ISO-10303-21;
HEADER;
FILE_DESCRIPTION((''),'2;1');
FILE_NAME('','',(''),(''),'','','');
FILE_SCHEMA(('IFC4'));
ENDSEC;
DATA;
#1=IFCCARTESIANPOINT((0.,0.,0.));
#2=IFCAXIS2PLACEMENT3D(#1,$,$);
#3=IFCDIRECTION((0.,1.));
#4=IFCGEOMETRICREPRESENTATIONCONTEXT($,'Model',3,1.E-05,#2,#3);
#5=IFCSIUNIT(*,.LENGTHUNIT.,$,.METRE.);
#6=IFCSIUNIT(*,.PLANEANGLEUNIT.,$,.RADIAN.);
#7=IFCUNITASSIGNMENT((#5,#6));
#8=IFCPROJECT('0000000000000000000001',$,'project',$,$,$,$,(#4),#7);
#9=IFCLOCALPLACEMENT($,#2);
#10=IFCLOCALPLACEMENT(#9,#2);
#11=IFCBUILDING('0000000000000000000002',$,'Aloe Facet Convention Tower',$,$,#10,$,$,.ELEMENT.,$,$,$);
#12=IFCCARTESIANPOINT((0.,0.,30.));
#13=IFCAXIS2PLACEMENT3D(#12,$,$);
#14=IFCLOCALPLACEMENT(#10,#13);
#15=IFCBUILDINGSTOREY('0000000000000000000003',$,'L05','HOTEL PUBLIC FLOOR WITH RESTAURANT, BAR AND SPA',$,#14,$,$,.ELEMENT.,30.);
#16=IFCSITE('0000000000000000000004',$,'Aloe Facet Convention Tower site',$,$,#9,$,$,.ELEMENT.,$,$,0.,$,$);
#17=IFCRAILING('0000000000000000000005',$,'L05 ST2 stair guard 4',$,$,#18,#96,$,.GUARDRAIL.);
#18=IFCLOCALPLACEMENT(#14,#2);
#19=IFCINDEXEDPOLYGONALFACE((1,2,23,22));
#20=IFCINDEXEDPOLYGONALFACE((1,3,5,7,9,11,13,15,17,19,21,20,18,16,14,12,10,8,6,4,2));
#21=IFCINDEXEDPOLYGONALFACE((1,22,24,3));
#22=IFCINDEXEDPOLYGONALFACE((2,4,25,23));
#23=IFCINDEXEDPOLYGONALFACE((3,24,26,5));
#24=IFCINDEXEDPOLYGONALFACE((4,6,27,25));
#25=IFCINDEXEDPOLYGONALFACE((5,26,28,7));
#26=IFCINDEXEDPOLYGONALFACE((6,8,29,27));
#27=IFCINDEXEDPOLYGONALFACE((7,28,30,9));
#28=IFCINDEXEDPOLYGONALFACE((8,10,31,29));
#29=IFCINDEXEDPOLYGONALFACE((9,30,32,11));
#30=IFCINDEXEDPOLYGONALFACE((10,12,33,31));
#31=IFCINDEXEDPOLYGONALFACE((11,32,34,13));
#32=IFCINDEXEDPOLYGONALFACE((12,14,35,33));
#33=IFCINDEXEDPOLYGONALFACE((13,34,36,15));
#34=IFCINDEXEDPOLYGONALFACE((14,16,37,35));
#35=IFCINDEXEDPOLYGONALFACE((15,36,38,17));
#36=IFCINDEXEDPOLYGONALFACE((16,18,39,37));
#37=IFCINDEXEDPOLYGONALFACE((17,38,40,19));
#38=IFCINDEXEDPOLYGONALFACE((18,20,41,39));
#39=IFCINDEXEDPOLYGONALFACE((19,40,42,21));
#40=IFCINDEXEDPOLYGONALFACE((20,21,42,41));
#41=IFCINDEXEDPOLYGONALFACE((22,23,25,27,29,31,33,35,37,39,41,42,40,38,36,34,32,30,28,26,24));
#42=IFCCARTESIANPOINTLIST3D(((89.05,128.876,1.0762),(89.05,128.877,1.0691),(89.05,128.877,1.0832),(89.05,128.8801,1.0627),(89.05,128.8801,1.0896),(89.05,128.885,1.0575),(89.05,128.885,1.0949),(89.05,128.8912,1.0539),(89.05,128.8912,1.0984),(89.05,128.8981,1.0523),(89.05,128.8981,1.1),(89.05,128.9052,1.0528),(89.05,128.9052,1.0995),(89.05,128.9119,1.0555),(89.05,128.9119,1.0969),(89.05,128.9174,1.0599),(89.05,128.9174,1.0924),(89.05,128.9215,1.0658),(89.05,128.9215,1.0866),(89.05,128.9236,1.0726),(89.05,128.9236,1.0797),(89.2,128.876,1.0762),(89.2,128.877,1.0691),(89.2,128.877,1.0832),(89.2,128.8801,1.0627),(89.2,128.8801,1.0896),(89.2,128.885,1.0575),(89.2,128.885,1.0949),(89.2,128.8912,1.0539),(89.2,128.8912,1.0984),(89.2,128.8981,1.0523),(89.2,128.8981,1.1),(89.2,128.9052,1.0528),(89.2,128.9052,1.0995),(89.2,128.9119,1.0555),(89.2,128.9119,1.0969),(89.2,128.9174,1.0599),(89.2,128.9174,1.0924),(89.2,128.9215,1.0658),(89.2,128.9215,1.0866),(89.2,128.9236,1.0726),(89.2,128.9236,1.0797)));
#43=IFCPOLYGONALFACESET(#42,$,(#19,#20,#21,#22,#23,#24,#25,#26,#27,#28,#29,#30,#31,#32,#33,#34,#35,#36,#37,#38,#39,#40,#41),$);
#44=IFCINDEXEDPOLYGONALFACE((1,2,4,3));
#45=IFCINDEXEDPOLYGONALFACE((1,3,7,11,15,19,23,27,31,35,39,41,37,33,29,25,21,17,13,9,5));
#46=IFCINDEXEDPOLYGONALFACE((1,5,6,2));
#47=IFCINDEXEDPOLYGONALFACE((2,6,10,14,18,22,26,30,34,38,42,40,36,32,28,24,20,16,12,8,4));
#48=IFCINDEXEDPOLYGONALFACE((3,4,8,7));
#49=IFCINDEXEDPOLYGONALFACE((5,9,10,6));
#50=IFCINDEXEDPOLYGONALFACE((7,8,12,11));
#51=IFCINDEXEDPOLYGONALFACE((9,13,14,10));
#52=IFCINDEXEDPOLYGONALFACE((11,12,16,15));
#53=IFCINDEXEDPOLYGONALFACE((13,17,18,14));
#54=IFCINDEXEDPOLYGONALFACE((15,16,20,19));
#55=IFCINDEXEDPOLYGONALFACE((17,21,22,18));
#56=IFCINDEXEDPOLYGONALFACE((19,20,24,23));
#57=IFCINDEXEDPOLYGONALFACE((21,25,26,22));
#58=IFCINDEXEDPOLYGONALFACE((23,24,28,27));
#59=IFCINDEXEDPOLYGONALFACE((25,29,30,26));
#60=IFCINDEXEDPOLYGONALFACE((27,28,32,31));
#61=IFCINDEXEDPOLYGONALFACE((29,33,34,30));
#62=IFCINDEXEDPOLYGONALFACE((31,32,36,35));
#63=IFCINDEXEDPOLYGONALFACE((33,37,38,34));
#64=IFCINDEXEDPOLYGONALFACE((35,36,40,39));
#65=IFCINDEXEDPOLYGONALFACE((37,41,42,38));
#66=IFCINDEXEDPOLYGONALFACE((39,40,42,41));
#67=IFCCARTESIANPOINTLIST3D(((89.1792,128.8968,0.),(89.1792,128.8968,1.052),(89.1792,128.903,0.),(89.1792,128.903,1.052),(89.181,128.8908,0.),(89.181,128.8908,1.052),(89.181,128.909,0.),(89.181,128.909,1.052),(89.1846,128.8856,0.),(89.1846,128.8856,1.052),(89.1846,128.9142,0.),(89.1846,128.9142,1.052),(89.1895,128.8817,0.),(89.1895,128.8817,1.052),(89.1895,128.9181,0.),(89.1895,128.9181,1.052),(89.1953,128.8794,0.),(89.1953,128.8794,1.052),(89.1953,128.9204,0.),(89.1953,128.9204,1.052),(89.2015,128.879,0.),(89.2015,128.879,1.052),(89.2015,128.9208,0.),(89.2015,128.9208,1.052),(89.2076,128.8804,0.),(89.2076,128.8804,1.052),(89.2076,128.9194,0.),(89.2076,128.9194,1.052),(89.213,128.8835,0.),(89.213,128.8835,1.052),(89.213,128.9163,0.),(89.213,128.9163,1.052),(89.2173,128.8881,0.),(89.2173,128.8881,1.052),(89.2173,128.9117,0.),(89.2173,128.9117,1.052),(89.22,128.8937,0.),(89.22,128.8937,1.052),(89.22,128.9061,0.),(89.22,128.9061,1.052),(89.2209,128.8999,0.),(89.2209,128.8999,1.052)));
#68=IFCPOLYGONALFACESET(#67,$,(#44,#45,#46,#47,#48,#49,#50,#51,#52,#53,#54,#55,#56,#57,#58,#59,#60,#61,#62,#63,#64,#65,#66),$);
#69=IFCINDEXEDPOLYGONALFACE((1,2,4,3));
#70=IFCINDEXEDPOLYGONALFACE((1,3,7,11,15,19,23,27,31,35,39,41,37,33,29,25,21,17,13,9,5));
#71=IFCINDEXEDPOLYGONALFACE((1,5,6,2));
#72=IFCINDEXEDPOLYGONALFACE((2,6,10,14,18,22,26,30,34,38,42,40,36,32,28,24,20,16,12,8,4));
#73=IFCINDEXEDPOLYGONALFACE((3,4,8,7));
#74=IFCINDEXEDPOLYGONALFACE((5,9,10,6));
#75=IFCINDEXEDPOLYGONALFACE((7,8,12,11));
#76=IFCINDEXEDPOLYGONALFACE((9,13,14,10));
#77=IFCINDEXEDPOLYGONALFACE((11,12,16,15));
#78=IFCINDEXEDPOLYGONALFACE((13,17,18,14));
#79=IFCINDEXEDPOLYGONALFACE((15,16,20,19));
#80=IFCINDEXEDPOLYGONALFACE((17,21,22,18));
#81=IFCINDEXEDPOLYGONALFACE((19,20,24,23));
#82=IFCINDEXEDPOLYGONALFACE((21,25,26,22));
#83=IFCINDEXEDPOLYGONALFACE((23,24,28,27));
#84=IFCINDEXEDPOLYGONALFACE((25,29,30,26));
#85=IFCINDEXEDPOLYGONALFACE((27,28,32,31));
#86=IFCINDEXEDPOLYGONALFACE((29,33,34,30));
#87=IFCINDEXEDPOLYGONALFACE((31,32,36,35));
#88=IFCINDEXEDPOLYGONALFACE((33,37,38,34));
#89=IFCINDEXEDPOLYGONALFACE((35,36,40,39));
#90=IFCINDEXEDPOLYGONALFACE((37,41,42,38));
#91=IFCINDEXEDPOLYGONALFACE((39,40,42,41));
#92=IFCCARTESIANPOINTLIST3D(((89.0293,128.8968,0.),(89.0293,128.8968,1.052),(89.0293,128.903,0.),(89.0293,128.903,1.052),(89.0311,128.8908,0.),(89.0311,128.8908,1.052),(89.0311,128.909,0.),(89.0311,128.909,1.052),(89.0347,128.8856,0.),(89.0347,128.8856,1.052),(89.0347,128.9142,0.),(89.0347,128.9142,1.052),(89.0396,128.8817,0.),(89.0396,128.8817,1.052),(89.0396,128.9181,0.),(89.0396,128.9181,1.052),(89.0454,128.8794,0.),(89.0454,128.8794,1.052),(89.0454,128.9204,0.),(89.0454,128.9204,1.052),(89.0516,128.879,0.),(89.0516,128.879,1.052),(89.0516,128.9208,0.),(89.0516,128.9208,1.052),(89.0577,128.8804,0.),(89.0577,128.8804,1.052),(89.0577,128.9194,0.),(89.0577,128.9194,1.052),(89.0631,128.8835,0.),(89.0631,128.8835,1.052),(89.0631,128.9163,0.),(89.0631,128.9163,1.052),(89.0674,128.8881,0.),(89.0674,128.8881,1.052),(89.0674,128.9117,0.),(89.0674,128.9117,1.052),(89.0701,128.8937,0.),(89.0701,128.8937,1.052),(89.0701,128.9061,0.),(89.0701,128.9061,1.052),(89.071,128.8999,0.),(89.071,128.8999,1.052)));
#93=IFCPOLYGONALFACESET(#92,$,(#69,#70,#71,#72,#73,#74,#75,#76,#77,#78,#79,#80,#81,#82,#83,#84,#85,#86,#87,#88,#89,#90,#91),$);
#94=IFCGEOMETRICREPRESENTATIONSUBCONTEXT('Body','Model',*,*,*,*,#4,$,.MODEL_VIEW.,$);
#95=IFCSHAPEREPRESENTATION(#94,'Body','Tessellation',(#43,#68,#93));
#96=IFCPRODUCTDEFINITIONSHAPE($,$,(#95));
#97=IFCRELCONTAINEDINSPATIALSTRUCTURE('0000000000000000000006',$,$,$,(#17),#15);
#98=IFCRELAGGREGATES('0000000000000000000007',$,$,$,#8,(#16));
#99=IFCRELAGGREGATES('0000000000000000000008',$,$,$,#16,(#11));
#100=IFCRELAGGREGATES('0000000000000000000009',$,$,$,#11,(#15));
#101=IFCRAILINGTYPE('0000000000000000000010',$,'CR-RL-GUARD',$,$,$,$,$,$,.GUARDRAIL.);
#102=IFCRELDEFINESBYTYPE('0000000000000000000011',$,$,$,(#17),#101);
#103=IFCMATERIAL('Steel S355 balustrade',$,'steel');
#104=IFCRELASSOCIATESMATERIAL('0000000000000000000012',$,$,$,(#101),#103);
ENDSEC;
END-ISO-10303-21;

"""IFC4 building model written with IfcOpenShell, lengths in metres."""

from ifc_helpers import new_model, si_unit, direction, frame, origin, origin_2d, place, context, subcontext, project, spatial, circle, extrude, material, type_object, element, save


model = new_model("IFC4")

# Units and contexts
model_context = context("Model", 3, precision=1e-05, world=origin(), true_north=direction((0.0, 1.0)))
body_context = subcontext(model_context, "Body", "Model", "MODEL_VIEW")
ifc_project = project(units=[si_unit("LENGTHUNIT", "METRE"), si_unit("PLANEANGLEUNIT", "RADIAN")], contexts=[model_context])

# Site, building, storey
site_placement = place(None, origin())
site = spatial("IfcSite", under=ifc_project, at=site_placement, Name="Aloe Facet Convention Tower site", CompositionType="ELEMENT", RefElevation=0.0)
building_placement = place(site_placement, origin())
building = spatial("IfcBuilding", under=site, at=building_placement, Name="Aloe Facet Convention Tower", CompositionType="ELEMENT")
storey_placement = place(building_placement, frame((0.0, 0.0, 30.0)))
storey = spatial("IfcBuildingStorey", under=building, at=storey_placement, Name="L05", Description="HOTEL PUBLIC FLOOR WITH RESTAURANT, BAR AND SPA", CompositionType="ELEMENT", Elevation=30.0)

# Railing
ifc_material_1 = material(Name="Steel S355 balustrade", Category="steel")
railing_type_1 = type_object("IfcRailingType", Name="CR-RL-GUARD", PredefinedType="GUARDRAIL", material=ifc_material_1)
railing_1_placement = place(storey_placement, frame((89.2, 128.8999, 0.0)))
element("IfcRailing", 1, at=railing_1_placement, inside=storey, type_object=railing_type_1, Name="L05 ST2 stair guard 4", PredefinedType="GUARDRAIL", context=body_context, shape_type="SweptSolid", body=[
    extrude(circle(Radius=0.0239, at=origin_2d()), frame((0.0, 0.0, 1.0762), z_axis=(-1.0, 0.0, 0.0), x_axis=(0.0, -1.0, 0.0)), (0.0, 0.0, 1.0), 0.1499),
    extrude(circle(Radius=0.021, at=origin_2d()), origin(), (0.0, 0.0, 1.0), 1.052),
    extrude(circle(Radius=0.021, at=origin_2d()), frame((-0.1499, 0.0, 0.0)), (0.0, 0.0, 1.0), 1.052),
])

save(model, "model.ifc")
